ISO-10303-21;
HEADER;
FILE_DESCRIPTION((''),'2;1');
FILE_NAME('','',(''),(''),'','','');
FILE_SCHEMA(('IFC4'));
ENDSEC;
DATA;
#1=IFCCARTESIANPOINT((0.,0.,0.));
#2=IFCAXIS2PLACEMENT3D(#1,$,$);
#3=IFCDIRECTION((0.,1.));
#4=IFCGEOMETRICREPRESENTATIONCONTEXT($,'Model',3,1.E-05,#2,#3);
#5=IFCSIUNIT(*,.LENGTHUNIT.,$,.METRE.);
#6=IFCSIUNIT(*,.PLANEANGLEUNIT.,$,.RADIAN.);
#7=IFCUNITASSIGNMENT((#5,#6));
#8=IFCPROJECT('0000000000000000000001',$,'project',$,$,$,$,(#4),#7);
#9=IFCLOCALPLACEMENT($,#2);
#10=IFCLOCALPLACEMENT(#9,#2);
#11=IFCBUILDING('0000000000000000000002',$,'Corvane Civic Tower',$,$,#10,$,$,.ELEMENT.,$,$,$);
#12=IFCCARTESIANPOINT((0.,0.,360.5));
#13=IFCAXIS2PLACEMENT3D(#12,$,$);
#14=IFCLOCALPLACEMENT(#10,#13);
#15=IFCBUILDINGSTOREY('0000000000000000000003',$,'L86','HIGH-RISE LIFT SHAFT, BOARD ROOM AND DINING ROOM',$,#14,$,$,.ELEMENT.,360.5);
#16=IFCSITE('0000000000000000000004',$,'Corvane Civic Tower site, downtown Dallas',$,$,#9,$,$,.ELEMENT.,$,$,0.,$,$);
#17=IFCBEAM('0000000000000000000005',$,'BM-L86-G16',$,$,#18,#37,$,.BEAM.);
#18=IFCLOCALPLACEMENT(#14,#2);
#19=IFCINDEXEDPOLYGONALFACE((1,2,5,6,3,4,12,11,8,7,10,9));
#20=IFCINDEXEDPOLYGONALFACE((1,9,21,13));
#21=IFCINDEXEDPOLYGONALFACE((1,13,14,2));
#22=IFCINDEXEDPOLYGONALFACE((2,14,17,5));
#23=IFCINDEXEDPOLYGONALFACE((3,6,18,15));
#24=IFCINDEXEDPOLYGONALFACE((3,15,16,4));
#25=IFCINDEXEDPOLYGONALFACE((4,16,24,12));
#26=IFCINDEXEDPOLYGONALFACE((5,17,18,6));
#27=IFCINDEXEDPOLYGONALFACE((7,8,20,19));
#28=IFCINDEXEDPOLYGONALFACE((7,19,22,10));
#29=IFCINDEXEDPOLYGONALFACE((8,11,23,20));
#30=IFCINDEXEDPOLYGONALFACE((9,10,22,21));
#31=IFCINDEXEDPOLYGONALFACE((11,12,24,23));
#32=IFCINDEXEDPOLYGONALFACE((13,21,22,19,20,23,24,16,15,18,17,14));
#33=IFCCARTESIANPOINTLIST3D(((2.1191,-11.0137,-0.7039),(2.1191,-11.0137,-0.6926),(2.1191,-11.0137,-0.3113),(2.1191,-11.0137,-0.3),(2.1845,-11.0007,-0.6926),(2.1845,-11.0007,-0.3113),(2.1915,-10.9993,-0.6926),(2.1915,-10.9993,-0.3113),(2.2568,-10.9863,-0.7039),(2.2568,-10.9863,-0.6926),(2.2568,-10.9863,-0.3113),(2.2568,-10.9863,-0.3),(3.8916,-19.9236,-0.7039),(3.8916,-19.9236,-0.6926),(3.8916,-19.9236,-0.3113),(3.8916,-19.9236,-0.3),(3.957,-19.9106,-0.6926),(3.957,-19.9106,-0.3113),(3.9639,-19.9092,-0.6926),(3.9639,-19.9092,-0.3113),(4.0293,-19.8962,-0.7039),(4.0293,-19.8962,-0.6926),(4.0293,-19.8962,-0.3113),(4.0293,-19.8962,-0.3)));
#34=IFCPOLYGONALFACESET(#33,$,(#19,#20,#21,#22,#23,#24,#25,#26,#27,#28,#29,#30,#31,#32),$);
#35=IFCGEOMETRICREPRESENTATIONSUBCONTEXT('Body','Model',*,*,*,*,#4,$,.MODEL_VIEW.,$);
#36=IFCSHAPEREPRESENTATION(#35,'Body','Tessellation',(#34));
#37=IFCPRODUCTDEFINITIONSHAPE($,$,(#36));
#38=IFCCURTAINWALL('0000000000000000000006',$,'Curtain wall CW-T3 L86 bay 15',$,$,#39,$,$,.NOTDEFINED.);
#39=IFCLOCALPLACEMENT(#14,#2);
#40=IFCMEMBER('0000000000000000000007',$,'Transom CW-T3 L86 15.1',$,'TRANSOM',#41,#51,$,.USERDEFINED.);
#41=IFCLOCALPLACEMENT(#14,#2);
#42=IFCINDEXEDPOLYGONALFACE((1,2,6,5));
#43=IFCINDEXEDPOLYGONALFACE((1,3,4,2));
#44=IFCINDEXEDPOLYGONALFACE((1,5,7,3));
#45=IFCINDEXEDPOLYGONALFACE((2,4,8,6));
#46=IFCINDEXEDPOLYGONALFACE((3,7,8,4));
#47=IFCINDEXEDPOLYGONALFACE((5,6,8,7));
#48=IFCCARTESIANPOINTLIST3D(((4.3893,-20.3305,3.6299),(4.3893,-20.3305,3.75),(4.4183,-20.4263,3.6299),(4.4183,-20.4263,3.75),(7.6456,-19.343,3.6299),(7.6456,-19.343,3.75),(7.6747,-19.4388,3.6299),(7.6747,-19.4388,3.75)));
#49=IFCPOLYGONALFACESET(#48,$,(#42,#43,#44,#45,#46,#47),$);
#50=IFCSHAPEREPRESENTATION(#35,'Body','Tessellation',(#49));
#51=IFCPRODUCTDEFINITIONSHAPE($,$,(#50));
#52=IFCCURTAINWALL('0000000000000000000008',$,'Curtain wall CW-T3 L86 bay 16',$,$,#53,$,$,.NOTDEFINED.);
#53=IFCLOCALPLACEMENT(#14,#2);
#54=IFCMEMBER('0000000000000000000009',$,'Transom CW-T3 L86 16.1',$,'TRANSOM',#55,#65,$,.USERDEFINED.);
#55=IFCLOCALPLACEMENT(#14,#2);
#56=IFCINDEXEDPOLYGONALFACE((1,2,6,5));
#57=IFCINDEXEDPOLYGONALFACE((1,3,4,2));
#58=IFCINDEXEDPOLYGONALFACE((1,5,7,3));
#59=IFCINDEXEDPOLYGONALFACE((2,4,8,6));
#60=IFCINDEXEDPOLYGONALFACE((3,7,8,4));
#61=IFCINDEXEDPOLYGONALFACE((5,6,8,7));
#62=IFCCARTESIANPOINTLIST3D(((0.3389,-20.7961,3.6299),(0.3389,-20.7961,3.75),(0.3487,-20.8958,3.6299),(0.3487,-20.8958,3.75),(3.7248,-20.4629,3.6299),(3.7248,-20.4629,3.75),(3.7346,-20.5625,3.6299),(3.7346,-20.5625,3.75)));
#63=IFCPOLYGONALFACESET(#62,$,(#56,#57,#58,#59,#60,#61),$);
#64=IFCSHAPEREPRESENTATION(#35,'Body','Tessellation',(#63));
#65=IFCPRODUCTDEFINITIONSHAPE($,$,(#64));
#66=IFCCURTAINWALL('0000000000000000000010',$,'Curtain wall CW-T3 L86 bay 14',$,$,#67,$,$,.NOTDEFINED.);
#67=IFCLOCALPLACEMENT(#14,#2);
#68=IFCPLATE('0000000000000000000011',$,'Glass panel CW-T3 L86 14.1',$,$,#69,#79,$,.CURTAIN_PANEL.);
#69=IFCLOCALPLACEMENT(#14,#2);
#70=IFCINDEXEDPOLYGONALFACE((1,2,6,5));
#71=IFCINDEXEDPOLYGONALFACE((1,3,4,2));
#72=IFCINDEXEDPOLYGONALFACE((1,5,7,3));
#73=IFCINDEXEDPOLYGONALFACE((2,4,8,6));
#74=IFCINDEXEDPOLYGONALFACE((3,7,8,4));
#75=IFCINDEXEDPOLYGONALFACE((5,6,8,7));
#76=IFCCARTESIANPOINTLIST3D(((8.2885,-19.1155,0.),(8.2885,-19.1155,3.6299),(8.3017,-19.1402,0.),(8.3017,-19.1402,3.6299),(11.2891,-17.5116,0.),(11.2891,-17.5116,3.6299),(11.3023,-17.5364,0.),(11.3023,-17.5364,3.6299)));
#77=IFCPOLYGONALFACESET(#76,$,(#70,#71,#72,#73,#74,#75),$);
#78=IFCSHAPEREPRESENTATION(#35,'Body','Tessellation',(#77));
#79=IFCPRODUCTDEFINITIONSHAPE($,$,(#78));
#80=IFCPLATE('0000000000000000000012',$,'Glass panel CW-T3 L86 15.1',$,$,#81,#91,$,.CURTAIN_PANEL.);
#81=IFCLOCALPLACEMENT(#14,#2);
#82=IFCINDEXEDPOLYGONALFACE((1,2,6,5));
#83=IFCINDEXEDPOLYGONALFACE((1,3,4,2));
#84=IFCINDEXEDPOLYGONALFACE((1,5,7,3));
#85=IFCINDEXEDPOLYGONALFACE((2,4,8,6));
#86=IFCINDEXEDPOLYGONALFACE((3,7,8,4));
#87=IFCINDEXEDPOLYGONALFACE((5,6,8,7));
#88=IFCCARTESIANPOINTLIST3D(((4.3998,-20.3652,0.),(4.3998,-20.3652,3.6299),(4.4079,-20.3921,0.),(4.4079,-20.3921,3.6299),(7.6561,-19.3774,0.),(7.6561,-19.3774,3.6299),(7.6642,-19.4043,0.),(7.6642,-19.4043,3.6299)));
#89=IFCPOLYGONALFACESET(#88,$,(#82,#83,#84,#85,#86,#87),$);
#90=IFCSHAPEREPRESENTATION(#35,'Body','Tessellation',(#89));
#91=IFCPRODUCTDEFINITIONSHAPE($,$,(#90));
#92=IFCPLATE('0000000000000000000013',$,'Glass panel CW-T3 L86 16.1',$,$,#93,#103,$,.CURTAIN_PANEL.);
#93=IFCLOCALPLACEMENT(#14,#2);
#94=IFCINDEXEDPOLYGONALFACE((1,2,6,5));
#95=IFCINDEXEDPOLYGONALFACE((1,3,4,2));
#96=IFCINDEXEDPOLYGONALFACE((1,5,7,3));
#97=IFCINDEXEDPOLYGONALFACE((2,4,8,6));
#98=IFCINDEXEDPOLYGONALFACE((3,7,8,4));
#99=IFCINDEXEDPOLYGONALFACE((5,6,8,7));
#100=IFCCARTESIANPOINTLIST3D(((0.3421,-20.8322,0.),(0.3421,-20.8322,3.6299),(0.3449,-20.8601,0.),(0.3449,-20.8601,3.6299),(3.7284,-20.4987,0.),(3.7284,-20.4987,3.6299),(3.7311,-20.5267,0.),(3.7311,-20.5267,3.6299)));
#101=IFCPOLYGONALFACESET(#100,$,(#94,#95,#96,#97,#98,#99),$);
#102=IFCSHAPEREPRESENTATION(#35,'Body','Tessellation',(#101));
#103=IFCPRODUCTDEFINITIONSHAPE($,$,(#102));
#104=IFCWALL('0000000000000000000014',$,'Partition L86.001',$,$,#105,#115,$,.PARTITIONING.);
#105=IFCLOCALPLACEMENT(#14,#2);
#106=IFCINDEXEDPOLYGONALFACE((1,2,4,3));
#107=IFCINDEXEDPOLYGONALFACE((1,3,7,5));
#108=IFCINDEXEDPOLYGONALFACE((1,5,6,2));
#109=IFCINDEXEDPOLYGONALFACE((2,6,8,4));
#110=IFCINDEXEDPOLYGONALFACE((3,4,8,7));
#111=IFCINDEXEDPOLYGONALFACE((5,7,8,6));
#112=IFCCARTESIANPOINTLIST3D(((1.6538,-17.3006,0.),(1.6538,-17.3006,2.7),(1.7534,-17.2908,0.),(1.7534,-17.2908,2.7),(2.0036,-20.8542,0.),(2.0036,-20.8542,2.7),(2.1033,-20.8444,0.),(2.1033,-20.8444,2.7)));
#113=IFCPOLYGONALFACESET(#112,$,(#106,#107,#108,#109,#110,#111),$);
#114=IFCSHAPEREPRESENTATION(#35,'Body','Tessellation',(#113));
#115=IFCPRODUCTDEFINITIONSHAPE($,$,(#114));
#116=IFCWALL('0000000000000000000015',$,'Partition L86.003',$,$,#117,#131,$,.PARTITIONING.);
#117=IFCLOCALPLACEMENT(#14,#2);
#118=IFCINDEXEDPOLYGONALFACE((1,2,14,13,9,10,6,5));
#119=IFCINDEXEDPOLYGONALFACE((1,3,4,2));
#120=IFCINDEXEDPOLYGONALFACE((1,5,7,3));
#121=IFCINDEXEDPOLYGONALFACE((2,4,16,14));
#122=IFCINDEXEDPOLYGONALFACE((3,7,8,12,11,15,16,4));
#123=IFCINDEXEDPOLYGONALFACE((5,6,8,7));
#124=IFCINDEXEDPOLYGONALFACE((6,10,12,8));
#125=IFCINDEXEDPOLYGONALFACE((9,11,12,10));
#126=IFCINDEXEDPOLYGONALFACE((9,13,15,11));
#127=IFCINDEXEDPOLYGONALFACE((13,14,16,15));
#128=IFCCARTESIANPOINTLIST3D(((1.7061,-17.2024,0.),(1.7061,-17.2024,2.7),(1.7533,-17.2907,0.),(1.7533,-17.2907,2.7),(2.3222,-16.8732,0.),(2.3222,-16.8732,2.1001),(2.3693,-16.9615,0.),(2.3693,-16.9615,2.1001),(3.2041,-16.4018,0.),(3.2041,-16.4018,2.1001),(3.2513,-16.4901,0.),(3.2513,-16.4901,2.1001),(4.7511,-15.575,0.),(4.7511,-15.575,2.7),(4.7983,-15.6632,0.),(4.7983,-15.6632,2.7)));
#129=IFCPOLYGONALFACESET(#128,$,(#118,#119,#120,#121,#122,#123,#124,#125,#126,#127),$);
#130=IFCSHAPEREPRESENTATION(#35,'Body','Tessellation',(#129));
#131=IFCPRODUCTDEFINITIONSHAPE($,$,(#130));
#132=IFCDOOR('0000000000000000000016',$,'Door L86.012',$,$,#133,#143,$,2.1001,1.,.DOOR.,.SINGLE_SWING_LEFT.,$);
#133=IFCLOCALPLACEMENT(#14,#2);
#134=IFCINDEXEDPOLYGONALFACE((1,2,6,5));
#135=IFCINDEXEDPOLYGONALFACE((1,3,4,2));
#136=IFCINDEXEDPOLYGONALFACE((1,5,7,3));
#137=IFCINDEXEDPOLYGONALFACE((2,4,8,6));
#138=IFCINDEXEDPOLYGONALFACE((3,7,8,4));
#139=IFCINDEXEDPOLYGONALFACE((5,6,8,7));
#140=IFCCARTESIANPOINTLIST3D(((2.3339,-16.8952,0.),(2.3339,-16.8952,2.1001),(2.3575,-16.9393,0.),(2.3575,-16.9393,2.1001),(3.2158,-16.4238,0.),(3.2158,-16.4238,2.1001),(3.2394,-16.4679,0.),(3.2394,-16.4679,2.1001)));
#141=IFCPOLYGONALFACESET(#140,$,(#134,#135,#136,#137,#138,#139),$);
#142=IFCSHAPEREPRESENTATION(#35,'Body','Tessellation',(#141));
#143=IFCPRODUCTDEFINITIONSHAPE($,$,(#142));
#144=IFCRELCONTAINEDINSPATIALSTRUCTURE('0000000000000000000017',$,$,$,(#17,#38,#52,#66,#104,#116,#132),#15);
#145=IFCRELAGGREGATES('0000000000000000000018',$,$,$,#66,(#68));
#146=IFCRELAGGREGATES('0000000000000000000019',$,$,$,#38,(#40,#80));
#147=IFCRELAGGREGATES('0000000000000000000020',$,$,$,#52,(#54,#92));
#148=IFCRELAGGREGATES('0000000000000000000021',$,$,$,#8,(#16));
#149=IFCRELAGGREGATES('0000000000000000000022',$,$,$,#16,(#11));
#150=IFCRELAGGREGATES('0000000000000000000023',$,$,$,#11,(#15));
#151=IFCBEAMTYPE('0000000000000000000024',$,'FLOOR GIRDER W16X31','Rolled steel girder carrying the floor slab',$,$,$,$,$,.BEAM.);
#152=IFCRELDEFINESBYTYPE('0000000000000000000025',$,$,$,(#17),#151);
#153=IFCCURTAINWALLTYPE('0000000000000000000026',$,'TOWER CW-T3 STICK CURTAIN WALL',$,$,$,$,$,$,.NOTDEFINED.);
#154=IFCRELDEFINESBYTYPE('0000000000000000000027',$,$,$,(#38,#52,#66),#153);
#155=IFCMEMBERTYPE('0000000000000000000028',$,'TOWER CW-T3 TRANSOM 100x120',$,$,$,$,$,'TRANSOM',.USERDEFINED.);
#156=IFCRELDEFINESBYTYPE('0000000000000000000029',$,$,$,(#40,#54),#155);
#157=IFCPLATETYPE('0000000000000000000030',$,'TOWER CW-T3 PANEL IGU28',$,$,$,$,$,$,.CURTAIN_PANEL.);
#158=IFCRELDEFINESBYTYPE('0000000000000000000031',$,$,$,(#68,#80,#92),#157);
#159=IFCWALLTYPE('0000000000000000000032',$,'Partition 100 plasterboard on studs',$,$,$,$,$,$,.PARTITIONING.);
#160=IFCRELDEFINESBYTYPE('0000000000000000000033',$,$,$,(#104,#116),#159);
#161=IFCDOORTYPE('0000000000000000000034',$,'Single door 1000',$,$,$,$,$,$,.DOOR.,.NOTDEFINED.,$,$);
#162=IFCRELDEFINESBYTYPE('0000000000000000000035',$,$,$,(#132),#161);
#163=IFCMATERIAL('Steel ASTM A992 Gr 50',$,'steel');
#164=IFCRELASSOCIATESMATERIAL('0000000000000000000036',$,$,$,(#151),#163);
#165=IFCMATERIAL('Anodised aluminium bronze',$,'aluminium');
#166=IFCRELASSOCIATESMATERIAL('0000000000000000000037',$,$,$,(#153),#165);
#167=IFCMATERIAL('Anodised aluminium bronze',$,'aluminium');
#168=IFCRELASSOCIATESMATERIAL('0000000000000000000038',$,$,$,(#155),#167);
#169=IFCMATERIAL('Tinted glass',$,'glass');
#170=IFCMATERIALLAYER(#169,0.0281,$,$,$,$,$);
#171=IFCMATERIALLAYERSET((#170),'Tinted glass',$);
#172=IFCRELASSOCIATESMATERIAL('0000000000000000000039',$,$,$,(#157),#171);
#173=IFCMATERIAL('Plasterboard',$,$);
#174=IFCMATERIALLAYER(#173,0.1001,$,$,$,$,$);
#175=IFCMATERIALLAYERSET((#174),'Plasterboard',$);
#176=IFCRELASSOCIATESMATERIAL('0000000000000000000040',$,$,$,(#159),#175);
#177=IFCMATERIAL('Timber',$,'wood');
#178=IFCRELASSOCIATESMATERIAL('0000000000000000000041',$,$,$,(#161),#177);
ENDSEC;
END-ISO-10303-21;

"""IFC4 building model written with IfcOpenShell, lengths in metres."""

from ifc_helpers import new_model, si_unit, direction, frame, frame_2d, origin, origin_2d, place, context, subcontext, project, spatial, rectangle, i_section, extrude, material, layer, layer_set, material_profile, profile_set, type_object, element, fill, aggregate, save


model = new_model("IFC4")

# Units and contexts
model_context = context("Model", 3, precision=1e-05, world=origin(), true_north=direction((0.0, 1.0)))
body_context = subcontext(model_context, "Body", "Model", "MODEL_VIEW")
ifc_project = project(units=[si_unit("LENGTHUNIT", "METRE"), si_unit("PLANEANGLEUNIT", "RADIAN")], contexts=[model_context])

# Site, building, storey
site_placement = place(None, origin())
site = spatial("IfcSite", under=ifc_project, at=site_placement, Name="Corvane Civic Tower site, downtown Dallas", CompositionType="ELEMENT", RefElevation=0.0)
building_placement = place(site_placement, origin())
building = spatial("IfcBuilding", under=site, at=building_placement, Name="Corvane Civic Tower", CompositionType="ELEMENT")
storey_placement = place(building_placement, frame((0.0, 0.0, 360.5)))
storey = spatial("IfcBuildingStorey", under=building, at=storey_placement, Name="L86", Description="HIGH-RISE LIFT SHAFT, BOARD ROOM AND DINING ROOM", CompositionType="ELEMENT", Elevation=360.5)

# Beam
ifc_material_1 = material(Name="Steel ASTM A992 Gr 50", Category="steel")
ifc_material_profile_1 = material_profile(ifc_material_1, i_section(OverallWidth=0.1404, OverallDepth=0.4038, WebThickness=0.0071, FlangeThickness=0.0112, at=origin_2d()), Name="W16X31")
ifc_profile_set_1 = profile_set([ifc_material_profile_1], Name="Steel ASTM A992 Gr 50")
beam_type_1 = type_object("IfcBeamType", Name="FLOOR GIRDER W16X31", Description="Rolled steel girder carrying the floor slab", PredefinedType="BEAM", material=ifc_profile_set_1)
beam_1_placement = place(storey_placement, frame((2.188, -11.0, -0.502), z_axis=(0.195108, -0.980782, 0.0), x_axis=(0.980782, 0.195108, 0.0)))
element("IfcBeam", 1, at=beam_1_placement, inside=storey, type_object=beam_type_1, Name="BM-L86-G16", PredefinedType="BEAM", context=body_context, shape_type="SweptSolid", body=[
    extrude(i_section(OverallWidth=0.1404, OverallDepth=0.4038, WebThickness=0.0071, FlangeThickness=0.0112, at=origin_2d()), origin(), (0.0, 0.0, 1.0), 9.0845),
])

# Curtain walls, members
ifc_material_2 = material(Name="Anodised aluminium bronze", Category="aluminium")
curtain_wall_type = type_object("IfcCurtainWallType", Name="TOWER CW-T3 STICK CURTAIN WALL", PredefinedType="NOTDEFINED", material=ifc_material_2)
curtain_wall_1_placement = place(storey_placement, origin())
curtain_wall_1 = element("IfcCurtainWall", 2, at=curtain_wall_1_placement, inside=storey, type_object=curtain_wall_type, Name="Curtain wall CW-T3 L86 bay 15", PredefinedType="NOTDEFINED")
ifc_material_3 = material(Name="Anodised aluminium bronze", Category="aluminium")
ifc_material_profile_2 = material_profile(ifc_material_3, rectangle(XDim=0.1001, YDim=0.1201, at=origin_2d()), Name="TOWER CW-T3 TRANSOM 100x120")
ifc_profile_set_2 = profile_set([ifc_material_profile_2], Name="Anodised aluminium bronze")
member_type = type_object("IfcMemberType", Name="TOWER CW-T3 TRANSOM 100x120", ElementType="TRANSOM", PredefinedType="USERDEFINED", material=ifc_profile_set_2)
member_1_placement = place(storey_placement, frame((7.6602, -19.3909, 3.6899), z_axis=(-0.956961, -0.290216, 0.0), x_axis=(0.290216, -0.956961, 0.0)))
member_1 = element("IfcMember", 3, at=member_1_placement, type_object=member_type, Name="Transom CW-T3 L86 15.1", ObjectType="TRANSOM", PredefinedType="USERDEFINED", context=body_context, shape_type="SweptSolid", body=[
    extrude(rectangle(XDim=0.1001, YDim=0.1201, at=origin_2d()), origin(), (0.0, 0.0, 1.0), 3.4028),
])
curtain_wall_2_placement = place(storey_placement, origin())
curtain_wall_2 = element("IfcCurtainWall", 4, at=curtain_wall_2_placement, inside=storey, type_object=curtain_wall_type, Name="Curtain wall CW-T3 L86 bay 16", PredefinedType="NOTDEFINED")
member_2_placement = place(storey_placement, frame((3.7297, -20.5127, 3.6899), z_axis=(-0.995192, -0.097948, 0.0), x_axis=(0.097948, -0.995192, 0.0)))
member_2 = element("IfcMember", 5, at=member_2_placement, type_object=member_type, Name="Transom CW-T3 L86 16.1", ObjectType="TRANSOM", PredefinedType="USERDEFINED", context=body_context, shape_type="SweptSolid", body=[
    extrude(rectangle(XDim=0.1001, YDim=0.1201, at=origin_2d()), origin(), (0.0, 0.0, 1.0), 3.4023),
])

# Curtain wall, plate
curtain_wall_3_placement = place(storey_placement, origin())
curtain_wall_3 = element("IfcCurtainWall", 6, at=curtain_wall_3_placement, inside=storey, type_object=curtain_wall_type, Name="Curtain wall CW-T3 L86 bay 14", PredefinedType="NOTDEFINED")
ifc_material_4 = material(Name="Tinted glass", Category="glass")
ifc_layer_1 = layer(ifc_material_4, 0.0281)
ifc_layer_set_1 = layer_set([ifc_layer_1], Name="Tinted glass")
plate_type = type_object("IfcPlateType", Name="TOWER CW-T3 PANEL IGU28", PredefinedType="CURTAIN_PANEL", material=ifc_layer_set_1)
plate_1_placement = place(storey_placement, frame((9.7954, -18.3259, 0.0), z_axis=(0.0, 0.0, 1.0), x_axis=(-0.881928, -0.471384, 0.0)))
plate_1 = element("IfcPlate", 7, at=plate_1_placement, type_object=plate_type, Name="Glass panel CW-T3 L86 14.1", PredefinedType="CURTAIN_PANEL", context=body_context, shape_type="SweptSolid", body=[
    extrude(rectangle(XDim=3.4023, YDim=0.0281, at=origin_2d()), origin(), (0.0, 0.0, 1.0), 3.6299),
])
aggregate(curtain_wall_3, [plate_1])

# Plates
plate_2_placement = place(storey_placement, frame((6.032, -19.8848, 0.0), z_axis=(0.0, 0.0, 1.0), x_axis=(-0.956939, -0.29029, 0.0)))
plate_2 = element("IfcPlate", 8, at=plate_2_placement, type_object=plate_type, Name="Glass panel CW-T3 L86 15.1", PredefinedType="CURTAIN_PANEL", context=body_context, shape_type="SweptSolid", body=[
    extrude(rectangle(XDim=3.4028, YDim=0.0281, at=origin_2d()), origin(), (0.0, 0.0, 1.0), 3.6299),
])
aggregate(curtain_wall_1, [member_1, plate_2])
plate_3_placement = place(storey_placement, frame((2.0366, -20.6794, 0.0), z_axis=(0.0, 0.0, 1.0), x_axis=(-0.995187, -0.097998, 0.0)))
plate_3 = element("IfcPlate", 9, at=plate_3_placement, type_object=plate_type, Name="Glass panel CW-T3 L86 16.1", PredefinedType="CURTAIN_PANEL", context=body_context, shape_type="SweptSolid", body=[
    extrude(rectangle(XDim=3.4026, YDim=0.0281, at=origin_2d()), origin(), (0.0, 0.0, 1.0), 3.6299),
])
aggregate(curtain_wall_2, [member_2, plate_3])

# Wall
ifc_material_5 = material(Name="Plasterboard")
ifc_layer_2 = layer(ifc_material_5, 0.1001)
ifc_layer_set_2 = layer_set([ifc_layer_2], Name="Plasterboard")
wall_type = type_object("IfcWallType", Name="Partition 100 plasterboard on studs", PredefinedType="PARTITIONING", material=ifc_layer_set_2)
wall_1_placement = place(storey_placement, frame((1.7036, -17.2957, 0.0), z_axis=(0.0, 0.0, 1.0), x_axis=(0.097974, -0.995189, 0.0)))
element("IfcWall", 10, at=wall_1_placement, inside=storey, type_object=wall_type, Name="Partition L86.001", PredefinedType="PARTITIONING", context=body_context, shape_type="SweptSolid", body=[
    extrude(rectangle(XDim=3.5708, YDim=0.1001, at=frame_2d((1.7854, 0.0))), origin(), (0.0, 0.0, 1.0), 2.7),
])

# Wall, opening, door
wall_2_placement = place(storey_placement, frame((1.7297, -17.2466, 0.0), z_axis=(0.0, 0.0, 1.0), x_axis=(0.881934, 0.471373, 0.0)))
wall_2 = element("IfcWall", 11, at=wall_2_placement, inside=storey, type_object=wall_type, Name="Partition L86.003", PredefinedType="PARTITIONING", context=body_context, shape_type="SweptSolid", body=[
    extrude(rectangle(XDim=3.4526, YDim=0.1001, at=frame_2d((1.7263, 0.0))), origin(), (0.0, 0.0, 1.0), 2.7),
])
opening_placement = place(wall_2_placement, frame((0.6985, 0.0, 0.0)))
opening = element("IfcOpeningElement", 12, at=opening_placement, cuts=wall_2, PredefinedType="OPENING", context=body_context, shape_type="SweptSolid", body=[
    extrude(rectangle(XDim=1.0, YDim=2.1001, at=frame_2d((0.5, 1.05))), frame((0.0, 0.0601, 0.0), z_axis=(0.0, -1.0, 0.0), x_axis=(1.0, 0.0, 0.0)), (0.0, 0.0, 1.0), 0.1201),
])
ifc_material_6 = material(Name="Timber", Category="wood")
door_type = type_object("IfcDoorType", Name="Single door 1000", OperationType="NOTDEFINED", PredefinedType="DOOR", material=ifc_material_6)
door_placement = place(opening_placement, frame((1.0, 0.0, 0.0), z_axis=(0.0, 0.0, 1.0), x_axis=(-1.0, 0.0, 0.0)))
door = element("IfcDoor", 13, at=door_placement, inside=storey, type_object=door_type, Name="Door L86.012", OperationType="SINGLE_SWING_LEFT", OverallHeight=2.1001, OverallWidth=1.0, PredefinedType="DOOR", context=body_context, shape_type="SweptSolid", body=[
    extrude(rectangle(XDim=1.0, YDim=2.1001, at=frame_2d((0.5, 1.05))), frame((0.0, 0.0249, 0.0), z_axis=(0.0, -1.0, 0.0), x_axis=(1.0, 0.0, 0.0)), (0.0, 0.0, 1.0), 0.05),
])
fill(opening, door)

save(model, "model.ifc")
